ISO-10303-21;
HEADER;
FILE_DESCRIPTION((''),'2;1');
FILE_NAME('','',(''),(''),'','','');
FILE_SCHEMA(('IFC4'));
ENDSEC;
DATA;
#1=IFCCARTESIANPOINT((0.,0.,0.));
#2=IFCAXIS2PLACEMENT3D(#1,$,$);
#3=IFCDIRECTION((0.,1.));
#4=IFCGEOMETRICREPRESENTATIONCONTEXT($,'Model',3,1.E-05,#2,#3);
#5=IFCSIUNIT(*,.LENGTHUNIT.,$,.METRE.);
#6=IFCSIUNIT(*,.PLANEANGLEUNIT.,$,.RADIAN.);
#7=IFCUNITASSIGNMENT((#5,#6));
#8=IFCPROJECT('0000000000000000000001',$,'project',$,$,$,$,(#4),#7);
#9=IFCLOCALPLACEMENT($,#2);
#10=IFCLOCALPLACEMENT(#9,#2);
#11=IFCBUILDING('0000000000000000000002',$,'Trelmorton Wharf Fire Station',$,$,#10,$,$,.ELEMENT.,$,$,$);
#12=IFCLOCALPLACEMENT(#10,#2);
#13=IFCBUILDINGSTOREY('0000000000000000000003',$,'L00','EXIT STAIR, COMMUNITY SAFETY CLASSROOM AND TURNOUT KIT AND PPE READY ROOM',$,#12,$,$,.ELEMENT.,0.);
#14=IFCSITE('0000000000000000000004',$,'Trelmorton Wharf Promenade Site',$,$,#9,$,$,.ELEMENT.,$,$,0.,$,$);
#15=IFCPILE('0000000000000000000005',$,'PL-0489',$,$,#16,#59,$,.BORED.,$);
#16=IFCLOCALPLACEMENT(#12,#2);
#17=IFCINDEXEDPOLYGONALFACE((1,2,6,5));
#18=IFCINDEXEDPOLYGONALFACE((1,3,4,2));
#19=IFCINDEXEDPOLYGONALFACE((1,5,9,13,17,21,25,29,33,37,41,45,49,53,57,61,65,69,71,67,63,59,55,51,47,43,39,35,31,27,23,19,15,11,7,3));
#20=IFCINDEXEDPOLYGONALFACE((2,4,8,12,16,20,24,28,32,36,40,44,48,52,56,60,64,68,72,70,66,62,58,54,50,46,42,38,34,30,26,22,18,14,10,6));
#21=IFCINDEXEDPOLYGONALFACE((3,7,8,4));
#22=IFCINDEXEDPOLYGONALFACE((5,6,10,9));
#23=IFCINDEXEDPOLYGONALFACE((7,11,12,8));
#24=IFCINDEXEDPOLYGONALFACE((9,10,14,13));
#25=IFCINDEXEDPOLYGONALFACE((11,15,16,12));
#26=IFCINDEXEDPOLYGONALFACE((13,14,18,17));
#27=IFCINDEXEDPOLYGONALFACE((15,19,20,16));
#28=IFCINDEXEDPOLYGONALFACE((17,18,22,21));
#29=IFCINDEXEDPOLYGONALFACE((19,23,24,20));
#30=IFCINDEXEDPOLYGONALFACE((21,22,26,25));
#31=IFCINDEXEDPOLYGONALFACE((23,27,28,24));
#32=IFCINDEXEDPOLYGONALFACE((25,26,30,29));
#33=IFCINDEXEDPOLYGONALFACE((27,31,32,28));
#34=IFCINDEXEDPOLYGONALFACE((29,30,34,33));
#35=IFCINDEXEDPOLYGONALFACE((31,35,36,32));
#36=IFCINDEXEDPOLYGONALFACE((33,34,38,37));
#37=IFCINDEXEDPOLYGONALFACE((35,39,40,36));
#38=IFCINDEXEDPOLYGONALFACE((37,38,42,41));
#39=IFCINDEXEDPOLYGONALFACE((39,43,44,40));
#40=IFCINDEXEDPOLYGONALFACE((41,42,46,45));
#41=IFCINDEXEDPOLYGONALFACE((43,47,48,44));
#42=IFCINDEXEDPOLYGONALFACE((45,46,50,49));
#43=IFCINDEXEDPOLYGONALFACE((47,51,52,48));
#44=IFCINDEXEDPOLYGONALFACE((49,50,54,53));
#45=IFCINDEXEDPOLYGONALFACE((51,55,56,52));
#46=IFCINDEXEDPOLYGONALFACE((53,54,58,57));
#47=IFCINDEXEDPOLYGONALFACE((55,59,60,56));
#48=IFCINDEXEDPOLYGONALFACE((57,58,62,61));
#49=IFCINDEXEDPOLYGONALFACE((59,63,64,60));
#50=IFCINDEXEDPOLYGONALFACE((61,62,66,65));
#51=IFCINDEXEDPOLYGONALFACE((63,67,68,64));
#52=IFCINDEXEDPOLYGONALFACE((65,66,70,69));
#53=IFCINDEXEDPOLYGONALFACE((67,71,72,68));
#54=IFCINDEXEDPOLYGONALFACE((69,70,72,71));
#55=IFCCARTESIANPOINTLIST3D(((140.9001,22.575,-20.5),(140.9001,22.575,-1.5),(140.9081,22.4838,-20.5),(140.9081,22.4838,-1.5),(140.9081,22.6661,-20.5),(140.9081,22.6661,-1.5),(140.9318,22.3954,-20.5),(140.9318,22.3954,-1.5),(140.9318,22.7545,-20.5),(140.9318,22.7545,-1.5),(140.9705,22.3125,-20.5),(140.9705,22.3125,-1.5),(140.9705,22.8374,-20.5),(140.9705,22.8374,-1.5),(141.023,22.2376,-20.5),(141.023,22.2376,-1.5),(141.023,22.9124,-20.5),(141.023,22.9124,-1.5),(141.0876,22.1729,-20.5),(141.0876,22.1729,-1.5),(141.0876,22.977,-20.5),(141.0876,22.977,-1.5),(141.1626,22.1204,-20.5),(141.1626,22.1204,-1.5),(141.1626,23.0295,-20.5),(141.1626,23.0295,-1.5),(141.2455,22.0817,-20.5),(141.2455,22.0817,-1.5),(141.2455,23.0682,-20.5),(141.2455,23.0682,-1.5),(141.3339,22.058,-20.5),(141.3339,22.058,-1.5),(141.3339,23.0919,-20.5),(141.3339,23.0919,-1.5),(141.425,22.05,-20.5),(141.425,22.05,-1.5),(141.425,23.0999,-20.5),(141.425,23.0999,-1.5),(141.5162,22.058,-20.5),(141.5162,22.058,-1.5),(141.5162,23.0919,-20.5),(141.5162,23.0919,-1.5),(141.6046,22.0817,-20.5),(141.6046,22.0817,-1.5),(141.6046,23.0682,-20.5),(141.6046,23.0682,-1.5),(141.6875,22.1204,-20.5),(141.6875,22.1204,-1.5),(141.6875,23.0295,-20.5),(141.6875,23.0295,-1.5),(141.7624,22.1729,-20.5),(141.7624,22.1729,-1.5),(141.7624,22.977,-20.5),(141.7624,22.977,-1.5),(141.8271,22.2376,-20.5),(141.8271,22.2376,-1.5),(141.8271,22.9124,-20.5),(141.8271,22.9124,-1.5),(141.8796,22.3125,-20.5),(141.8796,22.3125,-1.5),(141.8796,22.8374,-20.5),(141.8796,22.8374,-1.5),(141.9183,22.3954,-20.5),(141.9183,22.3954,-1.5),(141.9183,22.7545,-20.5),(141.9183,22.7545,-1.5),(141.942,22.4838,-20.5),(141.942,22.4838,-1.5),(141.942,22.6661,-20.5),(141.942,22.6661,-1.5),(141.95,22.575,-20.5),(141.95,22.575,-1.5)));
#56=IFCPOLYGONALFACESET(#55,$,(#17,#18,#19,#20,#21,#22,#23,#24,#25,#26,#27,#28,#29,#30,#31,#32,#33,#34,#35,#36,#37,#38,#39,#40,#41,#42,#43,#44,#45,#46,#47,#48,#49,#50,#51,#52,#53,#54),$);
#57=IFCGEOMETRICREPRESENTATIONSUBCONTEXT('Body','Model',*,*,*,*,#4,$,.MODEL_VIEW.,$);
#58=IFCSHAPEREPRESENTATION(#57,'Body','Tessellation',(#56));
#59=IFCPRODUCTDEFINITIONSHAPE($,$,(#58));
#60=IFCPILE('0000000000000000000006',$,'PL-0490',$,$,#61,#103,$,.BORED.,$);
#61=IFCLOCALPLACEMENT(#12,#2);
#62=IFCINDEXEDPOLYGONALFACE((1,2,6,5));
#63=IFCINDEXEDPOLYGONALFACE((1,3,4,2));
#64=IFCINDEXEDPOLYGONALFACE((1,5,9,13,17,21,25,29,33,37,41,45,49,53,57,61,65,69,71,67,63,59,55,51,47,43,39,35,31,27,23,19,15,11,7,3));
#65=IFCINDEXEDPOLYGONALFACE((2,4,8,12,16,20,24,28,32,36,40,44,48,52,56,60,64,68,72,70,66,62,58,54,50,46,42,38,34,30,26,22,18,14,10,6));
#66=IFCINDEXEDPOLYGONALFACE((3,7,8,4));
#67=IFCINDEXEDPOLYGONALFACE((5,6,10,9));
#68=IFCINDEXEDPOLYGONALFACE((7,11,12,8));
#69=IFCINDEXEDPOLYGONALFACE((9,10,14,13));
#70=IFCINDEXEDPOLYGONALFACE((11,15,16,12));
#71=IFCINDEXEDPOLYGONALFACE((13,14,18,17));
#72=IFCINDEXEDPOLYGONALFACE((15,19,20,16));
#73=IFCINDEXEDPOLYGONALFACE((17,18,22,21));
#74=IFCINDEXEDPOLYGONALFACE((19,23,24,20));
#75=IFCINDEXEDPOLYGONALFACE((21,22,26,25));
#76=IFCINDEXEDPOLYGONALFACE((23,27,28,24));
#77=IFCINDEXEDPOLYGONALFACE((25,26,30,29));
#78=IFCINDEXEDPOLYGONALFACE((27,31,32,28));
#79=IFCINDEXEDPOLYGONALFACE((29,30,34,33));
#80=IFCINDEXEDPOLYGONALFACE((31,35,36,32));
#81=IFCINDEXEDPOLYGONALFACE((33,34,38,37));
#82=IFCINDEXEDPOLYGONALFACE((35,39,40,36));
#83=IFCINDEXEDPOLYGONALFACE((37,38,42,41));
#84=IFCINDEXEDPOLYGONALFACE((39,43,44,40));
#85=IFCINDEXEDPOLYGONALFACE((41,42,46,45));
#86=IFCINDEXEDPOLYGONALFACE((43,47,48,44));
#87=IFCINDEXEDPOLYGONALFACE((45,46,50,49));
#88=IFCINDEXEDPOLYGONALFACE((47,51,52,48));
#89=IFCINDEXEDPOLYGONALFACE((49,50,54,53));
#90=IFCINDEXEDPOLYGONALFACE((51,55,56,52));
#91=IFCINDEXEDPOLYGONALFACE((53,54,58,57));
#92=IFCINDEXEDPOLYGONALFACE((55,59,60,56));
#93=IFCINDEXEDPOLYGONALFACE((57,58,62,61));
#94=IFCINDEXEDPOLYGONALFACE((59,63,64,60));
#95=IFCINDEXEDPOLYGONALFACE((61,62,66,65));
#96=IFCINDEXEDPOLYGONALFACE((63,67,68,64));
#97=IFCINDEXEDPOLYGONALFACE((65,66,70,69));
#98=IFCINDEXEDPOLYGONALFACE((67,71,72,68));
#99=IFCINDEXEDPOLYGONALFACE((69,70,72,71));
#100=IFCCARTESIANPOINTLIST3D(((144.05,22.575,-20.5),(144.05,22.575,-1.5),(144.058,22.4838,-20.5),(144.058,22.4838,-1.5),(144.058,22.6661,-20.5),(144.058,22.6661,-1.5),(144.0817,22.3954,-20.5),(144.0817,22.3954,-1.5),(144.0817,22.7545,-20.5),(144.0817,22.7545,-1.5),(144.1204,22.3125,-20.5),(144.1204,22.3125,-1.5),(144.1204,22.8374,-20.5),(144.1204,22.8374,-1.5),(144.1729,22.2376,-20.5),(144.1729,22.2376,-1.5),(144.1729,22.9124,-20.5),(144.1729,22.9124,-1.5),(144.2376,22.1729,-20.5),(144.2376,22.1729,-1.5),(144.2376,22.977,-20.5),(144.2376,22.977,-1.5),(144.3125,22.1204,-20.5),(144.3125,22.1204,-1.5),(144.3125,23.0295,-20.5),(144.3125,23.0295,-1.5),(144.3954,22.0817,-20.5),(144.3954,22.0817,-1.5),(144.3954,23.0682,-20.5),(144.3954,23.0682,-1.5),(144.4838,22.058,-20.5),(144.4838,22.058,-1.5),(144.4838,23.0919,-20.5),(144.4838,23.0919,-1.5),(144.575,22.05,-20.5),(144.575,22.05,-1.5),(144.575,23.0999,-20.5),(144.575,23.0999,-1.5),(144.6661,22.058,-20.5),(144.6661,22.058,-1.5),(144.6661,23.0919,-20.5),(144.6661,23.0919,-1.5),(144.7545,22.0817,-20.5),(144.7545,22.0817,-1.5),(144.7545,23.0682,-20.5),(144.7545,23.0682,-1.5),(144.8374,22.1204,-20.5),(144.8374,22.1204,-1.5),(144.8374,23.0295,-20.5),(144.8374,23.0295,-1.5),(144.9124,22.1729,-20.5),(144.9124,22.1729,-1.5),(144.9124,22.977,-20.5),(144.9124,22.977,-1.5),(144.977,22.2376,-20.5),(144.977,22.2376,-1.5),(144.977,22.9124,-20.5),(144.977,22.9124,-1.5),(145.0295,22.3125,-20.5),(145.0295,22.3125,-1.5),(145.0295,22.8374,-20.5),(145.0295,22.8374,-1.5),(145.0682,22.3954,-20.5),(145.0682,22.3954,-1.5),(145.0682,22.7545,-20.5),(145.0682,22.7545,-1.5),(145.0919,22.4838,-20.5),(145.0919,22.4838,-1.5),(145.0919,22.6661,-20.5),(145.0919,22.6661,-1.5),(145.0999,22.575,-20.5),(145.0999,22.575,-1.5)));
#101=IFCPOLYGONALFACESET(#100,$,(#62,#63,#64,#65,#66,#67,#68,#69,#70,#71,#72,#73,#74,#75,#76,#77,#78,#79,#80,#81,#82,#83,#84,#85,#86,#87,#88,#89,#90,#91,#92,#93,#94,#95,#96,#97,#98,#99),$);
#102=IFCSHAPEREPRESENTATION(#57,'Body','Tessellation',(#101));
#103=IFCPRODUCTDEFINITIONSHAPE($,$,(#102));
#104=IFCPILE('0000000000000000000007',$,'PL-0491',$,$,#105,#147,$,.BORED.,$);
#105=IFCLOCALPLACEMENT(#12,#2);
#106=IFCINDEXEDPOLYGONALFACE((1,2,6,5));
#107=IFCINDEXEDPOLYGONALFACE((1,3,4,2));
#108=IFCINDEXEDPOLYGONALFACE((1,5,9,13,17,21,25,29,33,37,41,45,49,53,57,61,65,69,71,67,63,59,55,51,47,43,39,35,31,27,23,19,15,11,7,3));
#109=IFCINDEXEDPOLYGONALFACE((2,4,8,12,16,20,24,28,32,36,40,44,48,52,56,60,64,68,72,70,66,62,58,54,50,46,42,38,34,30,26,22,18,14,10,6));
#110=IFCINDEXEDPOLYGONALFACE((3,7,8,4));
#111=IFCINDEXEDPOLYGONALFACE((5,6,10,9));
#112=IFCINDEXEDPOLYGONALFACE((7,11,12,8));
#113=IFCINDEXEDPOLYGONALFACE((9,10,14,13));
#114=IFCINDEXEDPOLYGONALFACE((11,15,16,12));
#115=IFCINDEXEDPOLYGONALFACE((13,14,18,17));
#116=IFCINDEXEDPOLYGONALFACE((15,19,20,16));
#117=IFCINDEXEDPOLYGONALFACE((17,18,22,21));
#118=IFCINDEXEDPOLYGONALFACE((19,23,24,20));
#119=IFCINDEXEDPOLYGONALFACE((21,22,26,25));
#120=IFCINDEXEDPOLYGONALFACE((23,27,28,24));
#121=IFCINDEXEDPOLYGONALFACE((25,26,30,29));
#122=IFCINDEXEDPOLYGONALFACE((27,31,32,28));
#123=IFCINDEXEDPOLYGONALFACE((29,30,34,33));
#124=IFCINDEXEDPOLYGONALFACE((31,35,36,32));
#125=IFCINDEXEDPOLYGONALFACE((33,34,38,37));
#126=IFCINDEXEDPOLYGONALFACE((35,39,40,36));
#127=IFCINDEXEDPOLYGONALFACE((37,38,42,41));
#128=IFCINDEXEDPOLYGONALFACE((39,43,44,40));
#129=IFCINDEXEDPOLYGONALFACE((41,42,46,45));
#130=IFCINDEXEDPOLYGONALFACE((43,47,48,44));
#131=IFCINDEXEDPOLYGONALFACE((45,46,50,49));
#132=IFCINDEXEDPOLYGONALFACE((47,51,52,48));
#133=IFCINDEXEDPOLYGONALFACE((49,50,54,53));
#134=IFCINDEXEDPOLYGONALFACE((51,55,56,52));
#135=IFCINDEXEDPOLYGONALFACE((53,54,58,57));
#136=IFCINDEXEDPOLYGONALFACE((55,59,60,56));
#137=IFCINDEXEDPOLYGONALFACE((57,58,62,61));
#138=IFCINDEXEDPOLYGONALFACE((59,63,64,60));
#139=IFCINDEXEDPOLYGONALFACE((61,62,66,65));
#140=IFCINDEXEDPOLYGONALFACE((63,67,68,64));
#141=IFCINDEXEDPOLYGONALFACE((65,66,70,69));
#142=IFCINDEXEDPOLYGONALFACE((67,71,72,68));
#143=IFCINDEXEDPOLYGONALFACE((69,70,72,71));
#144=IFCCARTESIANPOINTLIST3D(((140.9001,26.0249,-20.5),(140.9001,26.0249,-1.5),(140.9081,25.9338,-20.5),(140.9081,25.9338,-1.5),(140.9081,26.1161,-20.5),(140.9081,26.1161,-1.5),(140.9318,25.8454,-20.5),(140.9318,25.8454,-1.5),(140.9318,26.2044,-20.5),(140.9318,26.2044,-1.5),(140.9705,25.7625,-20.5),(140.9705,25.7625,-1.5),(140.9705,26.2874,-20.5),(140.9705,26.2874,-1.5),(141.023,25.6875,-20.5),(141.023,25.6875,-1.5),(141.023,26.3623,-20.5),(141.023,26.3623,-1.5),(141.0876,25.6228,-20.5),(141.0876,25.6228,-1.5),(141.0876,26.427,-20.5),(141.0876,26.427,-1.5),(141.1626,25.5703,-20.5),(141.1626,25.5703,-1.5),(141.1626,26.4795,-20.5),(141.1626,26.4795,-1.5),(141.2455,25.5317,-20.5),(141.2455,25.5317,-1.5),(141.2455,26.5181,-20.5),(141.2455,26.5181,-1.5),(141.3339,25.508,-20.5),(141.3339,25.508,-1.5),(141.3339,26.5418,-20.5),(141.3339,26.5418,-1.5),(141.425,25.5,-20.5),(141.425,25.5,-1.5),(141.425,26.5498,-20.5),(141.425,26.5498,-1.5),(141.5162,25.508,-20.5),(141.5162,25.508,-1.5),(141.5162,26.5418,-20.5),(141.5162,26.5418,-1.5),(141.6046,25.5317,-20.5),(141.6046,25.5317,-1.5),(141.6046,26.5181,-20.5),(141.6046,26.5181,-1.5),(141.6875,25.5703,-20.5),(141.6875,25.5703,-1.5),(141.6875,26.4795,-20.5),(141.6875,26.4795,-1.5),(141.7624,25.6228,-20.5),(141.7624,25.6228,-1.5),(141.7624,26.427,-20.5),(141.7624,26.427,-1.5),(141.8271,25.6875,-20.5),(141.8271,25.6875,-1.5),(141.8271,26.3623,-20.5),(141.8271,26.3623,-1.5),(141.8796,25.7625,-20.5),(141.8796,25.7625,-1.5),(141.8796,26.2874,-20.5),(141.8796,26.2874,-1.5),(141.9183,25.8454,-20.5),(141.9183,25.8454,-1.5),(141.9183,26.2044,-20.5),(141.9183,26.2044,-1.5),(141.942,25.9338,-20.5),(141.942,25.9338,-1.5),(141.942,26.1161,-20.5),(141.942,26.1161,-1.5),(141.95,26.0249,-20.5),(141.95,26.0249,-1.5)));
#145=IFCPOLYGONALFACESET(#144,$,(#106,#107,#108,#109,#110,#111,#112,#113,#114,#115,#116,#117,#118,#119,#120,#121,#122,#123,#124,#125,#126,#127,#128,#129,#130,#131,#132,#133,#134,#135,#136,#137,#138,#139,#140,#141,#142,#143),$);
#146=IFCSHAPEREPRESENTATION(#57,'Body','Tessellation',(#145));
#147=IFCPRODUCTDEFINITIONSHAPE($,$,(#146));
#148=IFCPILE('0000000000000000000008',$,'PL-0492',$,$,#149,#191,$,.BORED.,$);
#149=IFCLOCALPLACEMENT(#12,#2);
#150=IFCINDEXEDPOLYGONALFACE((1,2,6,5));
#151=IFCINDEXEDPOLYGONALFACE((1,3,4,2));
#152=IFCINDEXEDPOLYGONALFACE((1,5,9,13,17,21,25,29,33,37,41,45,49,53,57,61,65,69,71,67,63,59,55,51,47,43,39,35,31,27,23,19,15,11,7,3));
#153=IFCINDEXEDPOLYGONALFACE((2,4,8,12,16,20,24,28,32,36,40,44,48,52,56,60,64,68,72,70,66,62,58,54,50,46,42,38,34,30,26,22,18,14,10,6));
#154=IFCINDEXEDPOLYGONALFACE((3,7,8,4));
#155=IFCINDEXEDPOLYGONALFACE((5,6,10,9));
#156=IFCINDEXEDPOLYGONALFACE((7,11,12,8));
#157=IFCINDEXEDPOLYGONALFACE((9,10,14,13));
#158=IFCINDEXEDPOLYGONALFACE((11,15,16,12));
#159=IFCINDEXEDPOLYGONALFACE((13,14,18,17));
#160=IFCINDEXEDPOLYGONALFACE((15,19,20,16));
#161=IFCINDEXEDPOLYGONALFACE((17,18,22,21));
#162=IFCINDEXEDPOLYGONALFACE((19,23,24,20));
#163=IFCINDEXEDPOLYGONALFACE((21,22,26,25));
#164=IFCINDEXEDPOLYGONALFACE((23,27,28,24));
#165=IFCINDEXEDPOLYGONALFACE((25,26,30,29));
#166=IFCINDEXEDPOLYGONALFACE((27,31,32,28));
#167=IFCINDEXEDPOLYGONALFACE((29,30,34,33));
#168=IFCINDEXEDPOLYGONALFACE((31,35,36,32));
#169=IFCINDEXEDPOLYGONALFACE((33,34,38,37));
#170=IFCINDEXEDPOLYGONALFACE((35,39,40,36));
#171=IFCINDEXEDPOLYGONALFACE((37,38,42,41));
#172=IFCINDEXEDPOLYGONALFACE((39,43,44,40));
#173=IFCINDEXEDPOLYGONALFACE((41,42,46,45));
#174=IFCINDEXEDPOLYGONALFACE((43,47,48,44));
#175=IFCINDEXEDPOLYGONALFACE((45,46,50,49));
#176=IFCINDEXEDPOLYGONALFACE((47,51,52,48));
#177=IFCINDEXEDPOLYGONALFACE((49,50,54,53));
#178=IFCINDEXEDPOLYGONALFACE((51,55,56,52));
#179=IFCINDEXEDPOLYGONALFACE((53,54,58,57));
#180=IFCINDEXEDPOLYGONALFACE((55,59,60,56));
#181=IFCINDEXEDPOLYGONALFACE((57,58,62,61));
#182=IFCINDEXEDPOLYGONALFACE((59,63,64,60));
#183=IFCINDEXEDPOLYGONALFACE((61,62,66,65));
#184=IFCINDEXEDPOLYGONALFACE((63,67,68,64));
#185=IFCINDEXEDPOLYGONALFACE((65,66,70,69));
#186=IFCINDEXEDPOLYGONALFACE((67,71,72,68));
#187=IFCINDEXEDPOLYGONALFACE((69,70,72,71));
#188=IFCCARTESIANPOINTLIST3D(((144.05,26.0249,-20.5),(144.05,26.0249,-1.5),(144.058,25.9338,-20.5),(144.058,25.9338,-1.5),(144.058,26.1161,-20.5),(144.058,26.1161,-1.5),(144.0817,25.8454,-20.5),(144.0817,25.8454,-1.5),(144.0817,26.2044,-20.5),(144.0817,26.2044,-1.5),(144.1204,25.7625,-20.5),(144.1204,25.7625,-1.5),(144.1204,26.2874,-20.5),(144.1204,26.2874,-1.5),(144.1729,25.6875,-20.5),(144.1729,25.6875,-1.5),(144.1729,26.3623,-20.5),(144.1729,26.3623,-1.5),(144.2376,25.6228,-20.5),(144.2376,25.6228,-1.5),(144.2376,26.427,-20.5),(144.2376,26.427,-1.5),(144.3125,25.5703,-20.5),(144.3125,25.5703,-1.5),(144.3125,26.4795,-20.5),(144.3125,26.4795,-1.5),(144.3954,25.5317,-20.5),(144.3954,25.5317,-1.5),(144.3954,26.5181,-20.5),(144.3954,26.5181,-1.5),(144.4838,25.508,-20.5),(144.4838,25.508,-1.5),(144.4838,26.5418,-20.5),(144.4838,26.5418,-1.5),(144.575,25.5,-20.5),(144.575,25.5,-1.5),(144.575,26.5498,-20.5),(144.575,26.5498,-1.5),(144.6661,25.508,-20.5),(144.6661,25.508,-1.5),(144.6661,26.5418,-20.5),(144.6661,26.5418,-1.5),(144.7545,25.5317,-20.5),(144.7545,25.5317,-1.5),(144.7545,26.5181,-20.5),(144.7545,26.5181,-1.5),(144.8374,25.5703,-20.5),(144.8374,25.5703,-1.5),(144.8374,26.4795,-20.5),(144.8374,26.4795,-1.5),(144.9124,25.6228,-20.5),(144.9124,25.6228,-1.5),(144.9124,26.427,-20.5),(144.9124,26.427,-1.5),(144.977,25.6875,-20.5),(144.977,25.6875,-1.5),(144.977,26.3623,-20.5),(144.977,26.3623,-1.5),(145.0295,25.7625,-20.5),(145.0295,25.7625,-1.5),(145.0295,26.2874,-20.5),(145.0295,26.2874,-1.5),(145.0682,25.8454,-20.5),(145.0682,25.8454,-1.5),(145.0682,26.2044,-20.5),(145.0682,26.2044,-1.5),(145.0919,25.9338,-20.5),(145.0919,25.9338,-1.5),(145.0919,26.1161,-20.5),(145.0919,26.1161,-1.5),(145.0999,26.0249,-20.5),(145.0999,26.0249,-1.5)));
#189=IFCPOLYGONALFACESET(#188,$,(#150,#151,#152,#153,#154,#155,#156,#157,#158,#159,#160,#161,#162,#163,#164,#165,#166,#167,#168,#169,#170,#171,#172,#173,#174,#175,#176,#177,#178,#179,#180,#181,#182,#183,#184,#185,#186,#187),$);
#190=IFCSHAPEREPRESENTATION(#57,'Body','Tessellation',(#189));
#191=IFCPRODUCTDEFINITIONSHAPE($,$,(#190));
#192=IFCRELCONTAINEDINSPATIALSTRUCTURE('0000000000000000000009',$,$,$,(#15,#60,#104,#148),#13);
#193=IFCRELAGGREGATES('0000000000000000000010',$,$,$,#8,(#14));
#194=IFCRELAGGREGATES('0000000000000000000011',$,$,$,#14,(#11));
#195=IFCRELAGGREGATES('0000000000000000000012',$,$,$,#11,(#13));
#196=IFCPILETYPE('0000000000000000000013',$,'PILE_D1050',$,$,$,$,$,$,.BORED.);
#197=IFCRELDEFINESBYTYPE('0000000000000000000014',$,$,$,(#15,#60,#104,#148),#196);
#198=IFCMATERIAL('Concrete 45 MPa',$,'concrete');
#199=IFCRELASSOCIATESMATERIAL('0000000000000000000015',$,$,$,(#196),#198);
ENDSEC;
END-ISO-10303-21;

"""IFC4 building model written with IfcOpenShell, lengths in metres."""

from ifc_helpers import new_model, si_unit, direction, frame, origin, origin_2d, place, context, subcontext, project, spatial, circle, extrude, material, material_profile, profile_set, type_object, element, save


model = new_model("IFC4")

# Units and contexts
model_context = context("Model", 3, precision=1e-05, world=origin(), true_north=direction((0.0, 1.0)))
body_context = subcontext(model_context, "Body", "Model", "MODEL_VIEW")
ifc_project = project(units=[si_unit("LENGTHUNIT", "METRE"), si_unit("PLANEANGLEUNIT", "RADIAN")], contexts=[model_context])

# Site, building, storey
site_placement = place(None, origin())
site = spatial("IfcSite", under=ifc_project, at=site_placement, Name="Trelmorton Wharf Promenade Site", CompositionType="ELEMENT", RefElevation=0.0)
building_placement = place(site_placement, origin())
building = spatial("IfcBuilding", under=site, at=building_placement, Name="Trelmorton Wharf Fire Station", CompositionType="ELEMENT")
storey_placement = place(building_placement, origin())
storey = spatial("IfcBuildingStorey", under=building, at=storey_placement, Name="L00", Description="EXIT STAIR, COMMUNITY SAFETY CLASSROOM AND TURNOUT KIT AND PPE READY ROOM", CompositionType="ELEMENT", Elevation=0.0)

# Piles
ifc_material_1 = material(Name="Concrete 45 MPa", Category="concrete")
ifc_material_profile_1 = material_profile(ifc_material_1, circle(Radius=0.5249, at=origin_2d()), Name="PILE-D1050")
ifc_profile_set_1 = profile_set([ifc_material_profile_1], Name="Concrete 45 MPa")
pile_type = type_object("IfcPileType", Name="PILE_D1050", PredefinedType="BORED", material=ifc_profile_set_1)
for number, where, z_axis, x_axis, name in (
    (1, (141.425, 22.575, -1.5), (0.0, 0.0, -1.0), (1.0, 0.0, 0.0), "PL-0489"),
    (2, (144.575, 22.575, -1.5), (0.0, 0.0, -1.0), (1.0, 0.0, 0.0), "PL-0490"),
    (3, (141.425, 26.0249, -1.5), (0.0, 0.0, -1.0), (1.0, 0.0, 0.0), "PL-0491"),
    (4, (144.575, 26.0249, -1.5), (0.0, 0.0, -1.0), (1.0, 0.0, 0.0), "PL-0492"),
):
    element("IfcPile", number, at=place(storey_placement, frame(where, z_axis=z_axis, x_axis=x_axis)), inside=storey, type_object=pile_type, Name=name, PredefinedType="BORED", context=body_context, shape_type="SweptSolid", body=[
        extrude(circle(Radius=0.5249, at=origin_2d()), origin(), (0.0, 0.0, 1.0), 19.0),
    ])

save(model, "model.ifc")
